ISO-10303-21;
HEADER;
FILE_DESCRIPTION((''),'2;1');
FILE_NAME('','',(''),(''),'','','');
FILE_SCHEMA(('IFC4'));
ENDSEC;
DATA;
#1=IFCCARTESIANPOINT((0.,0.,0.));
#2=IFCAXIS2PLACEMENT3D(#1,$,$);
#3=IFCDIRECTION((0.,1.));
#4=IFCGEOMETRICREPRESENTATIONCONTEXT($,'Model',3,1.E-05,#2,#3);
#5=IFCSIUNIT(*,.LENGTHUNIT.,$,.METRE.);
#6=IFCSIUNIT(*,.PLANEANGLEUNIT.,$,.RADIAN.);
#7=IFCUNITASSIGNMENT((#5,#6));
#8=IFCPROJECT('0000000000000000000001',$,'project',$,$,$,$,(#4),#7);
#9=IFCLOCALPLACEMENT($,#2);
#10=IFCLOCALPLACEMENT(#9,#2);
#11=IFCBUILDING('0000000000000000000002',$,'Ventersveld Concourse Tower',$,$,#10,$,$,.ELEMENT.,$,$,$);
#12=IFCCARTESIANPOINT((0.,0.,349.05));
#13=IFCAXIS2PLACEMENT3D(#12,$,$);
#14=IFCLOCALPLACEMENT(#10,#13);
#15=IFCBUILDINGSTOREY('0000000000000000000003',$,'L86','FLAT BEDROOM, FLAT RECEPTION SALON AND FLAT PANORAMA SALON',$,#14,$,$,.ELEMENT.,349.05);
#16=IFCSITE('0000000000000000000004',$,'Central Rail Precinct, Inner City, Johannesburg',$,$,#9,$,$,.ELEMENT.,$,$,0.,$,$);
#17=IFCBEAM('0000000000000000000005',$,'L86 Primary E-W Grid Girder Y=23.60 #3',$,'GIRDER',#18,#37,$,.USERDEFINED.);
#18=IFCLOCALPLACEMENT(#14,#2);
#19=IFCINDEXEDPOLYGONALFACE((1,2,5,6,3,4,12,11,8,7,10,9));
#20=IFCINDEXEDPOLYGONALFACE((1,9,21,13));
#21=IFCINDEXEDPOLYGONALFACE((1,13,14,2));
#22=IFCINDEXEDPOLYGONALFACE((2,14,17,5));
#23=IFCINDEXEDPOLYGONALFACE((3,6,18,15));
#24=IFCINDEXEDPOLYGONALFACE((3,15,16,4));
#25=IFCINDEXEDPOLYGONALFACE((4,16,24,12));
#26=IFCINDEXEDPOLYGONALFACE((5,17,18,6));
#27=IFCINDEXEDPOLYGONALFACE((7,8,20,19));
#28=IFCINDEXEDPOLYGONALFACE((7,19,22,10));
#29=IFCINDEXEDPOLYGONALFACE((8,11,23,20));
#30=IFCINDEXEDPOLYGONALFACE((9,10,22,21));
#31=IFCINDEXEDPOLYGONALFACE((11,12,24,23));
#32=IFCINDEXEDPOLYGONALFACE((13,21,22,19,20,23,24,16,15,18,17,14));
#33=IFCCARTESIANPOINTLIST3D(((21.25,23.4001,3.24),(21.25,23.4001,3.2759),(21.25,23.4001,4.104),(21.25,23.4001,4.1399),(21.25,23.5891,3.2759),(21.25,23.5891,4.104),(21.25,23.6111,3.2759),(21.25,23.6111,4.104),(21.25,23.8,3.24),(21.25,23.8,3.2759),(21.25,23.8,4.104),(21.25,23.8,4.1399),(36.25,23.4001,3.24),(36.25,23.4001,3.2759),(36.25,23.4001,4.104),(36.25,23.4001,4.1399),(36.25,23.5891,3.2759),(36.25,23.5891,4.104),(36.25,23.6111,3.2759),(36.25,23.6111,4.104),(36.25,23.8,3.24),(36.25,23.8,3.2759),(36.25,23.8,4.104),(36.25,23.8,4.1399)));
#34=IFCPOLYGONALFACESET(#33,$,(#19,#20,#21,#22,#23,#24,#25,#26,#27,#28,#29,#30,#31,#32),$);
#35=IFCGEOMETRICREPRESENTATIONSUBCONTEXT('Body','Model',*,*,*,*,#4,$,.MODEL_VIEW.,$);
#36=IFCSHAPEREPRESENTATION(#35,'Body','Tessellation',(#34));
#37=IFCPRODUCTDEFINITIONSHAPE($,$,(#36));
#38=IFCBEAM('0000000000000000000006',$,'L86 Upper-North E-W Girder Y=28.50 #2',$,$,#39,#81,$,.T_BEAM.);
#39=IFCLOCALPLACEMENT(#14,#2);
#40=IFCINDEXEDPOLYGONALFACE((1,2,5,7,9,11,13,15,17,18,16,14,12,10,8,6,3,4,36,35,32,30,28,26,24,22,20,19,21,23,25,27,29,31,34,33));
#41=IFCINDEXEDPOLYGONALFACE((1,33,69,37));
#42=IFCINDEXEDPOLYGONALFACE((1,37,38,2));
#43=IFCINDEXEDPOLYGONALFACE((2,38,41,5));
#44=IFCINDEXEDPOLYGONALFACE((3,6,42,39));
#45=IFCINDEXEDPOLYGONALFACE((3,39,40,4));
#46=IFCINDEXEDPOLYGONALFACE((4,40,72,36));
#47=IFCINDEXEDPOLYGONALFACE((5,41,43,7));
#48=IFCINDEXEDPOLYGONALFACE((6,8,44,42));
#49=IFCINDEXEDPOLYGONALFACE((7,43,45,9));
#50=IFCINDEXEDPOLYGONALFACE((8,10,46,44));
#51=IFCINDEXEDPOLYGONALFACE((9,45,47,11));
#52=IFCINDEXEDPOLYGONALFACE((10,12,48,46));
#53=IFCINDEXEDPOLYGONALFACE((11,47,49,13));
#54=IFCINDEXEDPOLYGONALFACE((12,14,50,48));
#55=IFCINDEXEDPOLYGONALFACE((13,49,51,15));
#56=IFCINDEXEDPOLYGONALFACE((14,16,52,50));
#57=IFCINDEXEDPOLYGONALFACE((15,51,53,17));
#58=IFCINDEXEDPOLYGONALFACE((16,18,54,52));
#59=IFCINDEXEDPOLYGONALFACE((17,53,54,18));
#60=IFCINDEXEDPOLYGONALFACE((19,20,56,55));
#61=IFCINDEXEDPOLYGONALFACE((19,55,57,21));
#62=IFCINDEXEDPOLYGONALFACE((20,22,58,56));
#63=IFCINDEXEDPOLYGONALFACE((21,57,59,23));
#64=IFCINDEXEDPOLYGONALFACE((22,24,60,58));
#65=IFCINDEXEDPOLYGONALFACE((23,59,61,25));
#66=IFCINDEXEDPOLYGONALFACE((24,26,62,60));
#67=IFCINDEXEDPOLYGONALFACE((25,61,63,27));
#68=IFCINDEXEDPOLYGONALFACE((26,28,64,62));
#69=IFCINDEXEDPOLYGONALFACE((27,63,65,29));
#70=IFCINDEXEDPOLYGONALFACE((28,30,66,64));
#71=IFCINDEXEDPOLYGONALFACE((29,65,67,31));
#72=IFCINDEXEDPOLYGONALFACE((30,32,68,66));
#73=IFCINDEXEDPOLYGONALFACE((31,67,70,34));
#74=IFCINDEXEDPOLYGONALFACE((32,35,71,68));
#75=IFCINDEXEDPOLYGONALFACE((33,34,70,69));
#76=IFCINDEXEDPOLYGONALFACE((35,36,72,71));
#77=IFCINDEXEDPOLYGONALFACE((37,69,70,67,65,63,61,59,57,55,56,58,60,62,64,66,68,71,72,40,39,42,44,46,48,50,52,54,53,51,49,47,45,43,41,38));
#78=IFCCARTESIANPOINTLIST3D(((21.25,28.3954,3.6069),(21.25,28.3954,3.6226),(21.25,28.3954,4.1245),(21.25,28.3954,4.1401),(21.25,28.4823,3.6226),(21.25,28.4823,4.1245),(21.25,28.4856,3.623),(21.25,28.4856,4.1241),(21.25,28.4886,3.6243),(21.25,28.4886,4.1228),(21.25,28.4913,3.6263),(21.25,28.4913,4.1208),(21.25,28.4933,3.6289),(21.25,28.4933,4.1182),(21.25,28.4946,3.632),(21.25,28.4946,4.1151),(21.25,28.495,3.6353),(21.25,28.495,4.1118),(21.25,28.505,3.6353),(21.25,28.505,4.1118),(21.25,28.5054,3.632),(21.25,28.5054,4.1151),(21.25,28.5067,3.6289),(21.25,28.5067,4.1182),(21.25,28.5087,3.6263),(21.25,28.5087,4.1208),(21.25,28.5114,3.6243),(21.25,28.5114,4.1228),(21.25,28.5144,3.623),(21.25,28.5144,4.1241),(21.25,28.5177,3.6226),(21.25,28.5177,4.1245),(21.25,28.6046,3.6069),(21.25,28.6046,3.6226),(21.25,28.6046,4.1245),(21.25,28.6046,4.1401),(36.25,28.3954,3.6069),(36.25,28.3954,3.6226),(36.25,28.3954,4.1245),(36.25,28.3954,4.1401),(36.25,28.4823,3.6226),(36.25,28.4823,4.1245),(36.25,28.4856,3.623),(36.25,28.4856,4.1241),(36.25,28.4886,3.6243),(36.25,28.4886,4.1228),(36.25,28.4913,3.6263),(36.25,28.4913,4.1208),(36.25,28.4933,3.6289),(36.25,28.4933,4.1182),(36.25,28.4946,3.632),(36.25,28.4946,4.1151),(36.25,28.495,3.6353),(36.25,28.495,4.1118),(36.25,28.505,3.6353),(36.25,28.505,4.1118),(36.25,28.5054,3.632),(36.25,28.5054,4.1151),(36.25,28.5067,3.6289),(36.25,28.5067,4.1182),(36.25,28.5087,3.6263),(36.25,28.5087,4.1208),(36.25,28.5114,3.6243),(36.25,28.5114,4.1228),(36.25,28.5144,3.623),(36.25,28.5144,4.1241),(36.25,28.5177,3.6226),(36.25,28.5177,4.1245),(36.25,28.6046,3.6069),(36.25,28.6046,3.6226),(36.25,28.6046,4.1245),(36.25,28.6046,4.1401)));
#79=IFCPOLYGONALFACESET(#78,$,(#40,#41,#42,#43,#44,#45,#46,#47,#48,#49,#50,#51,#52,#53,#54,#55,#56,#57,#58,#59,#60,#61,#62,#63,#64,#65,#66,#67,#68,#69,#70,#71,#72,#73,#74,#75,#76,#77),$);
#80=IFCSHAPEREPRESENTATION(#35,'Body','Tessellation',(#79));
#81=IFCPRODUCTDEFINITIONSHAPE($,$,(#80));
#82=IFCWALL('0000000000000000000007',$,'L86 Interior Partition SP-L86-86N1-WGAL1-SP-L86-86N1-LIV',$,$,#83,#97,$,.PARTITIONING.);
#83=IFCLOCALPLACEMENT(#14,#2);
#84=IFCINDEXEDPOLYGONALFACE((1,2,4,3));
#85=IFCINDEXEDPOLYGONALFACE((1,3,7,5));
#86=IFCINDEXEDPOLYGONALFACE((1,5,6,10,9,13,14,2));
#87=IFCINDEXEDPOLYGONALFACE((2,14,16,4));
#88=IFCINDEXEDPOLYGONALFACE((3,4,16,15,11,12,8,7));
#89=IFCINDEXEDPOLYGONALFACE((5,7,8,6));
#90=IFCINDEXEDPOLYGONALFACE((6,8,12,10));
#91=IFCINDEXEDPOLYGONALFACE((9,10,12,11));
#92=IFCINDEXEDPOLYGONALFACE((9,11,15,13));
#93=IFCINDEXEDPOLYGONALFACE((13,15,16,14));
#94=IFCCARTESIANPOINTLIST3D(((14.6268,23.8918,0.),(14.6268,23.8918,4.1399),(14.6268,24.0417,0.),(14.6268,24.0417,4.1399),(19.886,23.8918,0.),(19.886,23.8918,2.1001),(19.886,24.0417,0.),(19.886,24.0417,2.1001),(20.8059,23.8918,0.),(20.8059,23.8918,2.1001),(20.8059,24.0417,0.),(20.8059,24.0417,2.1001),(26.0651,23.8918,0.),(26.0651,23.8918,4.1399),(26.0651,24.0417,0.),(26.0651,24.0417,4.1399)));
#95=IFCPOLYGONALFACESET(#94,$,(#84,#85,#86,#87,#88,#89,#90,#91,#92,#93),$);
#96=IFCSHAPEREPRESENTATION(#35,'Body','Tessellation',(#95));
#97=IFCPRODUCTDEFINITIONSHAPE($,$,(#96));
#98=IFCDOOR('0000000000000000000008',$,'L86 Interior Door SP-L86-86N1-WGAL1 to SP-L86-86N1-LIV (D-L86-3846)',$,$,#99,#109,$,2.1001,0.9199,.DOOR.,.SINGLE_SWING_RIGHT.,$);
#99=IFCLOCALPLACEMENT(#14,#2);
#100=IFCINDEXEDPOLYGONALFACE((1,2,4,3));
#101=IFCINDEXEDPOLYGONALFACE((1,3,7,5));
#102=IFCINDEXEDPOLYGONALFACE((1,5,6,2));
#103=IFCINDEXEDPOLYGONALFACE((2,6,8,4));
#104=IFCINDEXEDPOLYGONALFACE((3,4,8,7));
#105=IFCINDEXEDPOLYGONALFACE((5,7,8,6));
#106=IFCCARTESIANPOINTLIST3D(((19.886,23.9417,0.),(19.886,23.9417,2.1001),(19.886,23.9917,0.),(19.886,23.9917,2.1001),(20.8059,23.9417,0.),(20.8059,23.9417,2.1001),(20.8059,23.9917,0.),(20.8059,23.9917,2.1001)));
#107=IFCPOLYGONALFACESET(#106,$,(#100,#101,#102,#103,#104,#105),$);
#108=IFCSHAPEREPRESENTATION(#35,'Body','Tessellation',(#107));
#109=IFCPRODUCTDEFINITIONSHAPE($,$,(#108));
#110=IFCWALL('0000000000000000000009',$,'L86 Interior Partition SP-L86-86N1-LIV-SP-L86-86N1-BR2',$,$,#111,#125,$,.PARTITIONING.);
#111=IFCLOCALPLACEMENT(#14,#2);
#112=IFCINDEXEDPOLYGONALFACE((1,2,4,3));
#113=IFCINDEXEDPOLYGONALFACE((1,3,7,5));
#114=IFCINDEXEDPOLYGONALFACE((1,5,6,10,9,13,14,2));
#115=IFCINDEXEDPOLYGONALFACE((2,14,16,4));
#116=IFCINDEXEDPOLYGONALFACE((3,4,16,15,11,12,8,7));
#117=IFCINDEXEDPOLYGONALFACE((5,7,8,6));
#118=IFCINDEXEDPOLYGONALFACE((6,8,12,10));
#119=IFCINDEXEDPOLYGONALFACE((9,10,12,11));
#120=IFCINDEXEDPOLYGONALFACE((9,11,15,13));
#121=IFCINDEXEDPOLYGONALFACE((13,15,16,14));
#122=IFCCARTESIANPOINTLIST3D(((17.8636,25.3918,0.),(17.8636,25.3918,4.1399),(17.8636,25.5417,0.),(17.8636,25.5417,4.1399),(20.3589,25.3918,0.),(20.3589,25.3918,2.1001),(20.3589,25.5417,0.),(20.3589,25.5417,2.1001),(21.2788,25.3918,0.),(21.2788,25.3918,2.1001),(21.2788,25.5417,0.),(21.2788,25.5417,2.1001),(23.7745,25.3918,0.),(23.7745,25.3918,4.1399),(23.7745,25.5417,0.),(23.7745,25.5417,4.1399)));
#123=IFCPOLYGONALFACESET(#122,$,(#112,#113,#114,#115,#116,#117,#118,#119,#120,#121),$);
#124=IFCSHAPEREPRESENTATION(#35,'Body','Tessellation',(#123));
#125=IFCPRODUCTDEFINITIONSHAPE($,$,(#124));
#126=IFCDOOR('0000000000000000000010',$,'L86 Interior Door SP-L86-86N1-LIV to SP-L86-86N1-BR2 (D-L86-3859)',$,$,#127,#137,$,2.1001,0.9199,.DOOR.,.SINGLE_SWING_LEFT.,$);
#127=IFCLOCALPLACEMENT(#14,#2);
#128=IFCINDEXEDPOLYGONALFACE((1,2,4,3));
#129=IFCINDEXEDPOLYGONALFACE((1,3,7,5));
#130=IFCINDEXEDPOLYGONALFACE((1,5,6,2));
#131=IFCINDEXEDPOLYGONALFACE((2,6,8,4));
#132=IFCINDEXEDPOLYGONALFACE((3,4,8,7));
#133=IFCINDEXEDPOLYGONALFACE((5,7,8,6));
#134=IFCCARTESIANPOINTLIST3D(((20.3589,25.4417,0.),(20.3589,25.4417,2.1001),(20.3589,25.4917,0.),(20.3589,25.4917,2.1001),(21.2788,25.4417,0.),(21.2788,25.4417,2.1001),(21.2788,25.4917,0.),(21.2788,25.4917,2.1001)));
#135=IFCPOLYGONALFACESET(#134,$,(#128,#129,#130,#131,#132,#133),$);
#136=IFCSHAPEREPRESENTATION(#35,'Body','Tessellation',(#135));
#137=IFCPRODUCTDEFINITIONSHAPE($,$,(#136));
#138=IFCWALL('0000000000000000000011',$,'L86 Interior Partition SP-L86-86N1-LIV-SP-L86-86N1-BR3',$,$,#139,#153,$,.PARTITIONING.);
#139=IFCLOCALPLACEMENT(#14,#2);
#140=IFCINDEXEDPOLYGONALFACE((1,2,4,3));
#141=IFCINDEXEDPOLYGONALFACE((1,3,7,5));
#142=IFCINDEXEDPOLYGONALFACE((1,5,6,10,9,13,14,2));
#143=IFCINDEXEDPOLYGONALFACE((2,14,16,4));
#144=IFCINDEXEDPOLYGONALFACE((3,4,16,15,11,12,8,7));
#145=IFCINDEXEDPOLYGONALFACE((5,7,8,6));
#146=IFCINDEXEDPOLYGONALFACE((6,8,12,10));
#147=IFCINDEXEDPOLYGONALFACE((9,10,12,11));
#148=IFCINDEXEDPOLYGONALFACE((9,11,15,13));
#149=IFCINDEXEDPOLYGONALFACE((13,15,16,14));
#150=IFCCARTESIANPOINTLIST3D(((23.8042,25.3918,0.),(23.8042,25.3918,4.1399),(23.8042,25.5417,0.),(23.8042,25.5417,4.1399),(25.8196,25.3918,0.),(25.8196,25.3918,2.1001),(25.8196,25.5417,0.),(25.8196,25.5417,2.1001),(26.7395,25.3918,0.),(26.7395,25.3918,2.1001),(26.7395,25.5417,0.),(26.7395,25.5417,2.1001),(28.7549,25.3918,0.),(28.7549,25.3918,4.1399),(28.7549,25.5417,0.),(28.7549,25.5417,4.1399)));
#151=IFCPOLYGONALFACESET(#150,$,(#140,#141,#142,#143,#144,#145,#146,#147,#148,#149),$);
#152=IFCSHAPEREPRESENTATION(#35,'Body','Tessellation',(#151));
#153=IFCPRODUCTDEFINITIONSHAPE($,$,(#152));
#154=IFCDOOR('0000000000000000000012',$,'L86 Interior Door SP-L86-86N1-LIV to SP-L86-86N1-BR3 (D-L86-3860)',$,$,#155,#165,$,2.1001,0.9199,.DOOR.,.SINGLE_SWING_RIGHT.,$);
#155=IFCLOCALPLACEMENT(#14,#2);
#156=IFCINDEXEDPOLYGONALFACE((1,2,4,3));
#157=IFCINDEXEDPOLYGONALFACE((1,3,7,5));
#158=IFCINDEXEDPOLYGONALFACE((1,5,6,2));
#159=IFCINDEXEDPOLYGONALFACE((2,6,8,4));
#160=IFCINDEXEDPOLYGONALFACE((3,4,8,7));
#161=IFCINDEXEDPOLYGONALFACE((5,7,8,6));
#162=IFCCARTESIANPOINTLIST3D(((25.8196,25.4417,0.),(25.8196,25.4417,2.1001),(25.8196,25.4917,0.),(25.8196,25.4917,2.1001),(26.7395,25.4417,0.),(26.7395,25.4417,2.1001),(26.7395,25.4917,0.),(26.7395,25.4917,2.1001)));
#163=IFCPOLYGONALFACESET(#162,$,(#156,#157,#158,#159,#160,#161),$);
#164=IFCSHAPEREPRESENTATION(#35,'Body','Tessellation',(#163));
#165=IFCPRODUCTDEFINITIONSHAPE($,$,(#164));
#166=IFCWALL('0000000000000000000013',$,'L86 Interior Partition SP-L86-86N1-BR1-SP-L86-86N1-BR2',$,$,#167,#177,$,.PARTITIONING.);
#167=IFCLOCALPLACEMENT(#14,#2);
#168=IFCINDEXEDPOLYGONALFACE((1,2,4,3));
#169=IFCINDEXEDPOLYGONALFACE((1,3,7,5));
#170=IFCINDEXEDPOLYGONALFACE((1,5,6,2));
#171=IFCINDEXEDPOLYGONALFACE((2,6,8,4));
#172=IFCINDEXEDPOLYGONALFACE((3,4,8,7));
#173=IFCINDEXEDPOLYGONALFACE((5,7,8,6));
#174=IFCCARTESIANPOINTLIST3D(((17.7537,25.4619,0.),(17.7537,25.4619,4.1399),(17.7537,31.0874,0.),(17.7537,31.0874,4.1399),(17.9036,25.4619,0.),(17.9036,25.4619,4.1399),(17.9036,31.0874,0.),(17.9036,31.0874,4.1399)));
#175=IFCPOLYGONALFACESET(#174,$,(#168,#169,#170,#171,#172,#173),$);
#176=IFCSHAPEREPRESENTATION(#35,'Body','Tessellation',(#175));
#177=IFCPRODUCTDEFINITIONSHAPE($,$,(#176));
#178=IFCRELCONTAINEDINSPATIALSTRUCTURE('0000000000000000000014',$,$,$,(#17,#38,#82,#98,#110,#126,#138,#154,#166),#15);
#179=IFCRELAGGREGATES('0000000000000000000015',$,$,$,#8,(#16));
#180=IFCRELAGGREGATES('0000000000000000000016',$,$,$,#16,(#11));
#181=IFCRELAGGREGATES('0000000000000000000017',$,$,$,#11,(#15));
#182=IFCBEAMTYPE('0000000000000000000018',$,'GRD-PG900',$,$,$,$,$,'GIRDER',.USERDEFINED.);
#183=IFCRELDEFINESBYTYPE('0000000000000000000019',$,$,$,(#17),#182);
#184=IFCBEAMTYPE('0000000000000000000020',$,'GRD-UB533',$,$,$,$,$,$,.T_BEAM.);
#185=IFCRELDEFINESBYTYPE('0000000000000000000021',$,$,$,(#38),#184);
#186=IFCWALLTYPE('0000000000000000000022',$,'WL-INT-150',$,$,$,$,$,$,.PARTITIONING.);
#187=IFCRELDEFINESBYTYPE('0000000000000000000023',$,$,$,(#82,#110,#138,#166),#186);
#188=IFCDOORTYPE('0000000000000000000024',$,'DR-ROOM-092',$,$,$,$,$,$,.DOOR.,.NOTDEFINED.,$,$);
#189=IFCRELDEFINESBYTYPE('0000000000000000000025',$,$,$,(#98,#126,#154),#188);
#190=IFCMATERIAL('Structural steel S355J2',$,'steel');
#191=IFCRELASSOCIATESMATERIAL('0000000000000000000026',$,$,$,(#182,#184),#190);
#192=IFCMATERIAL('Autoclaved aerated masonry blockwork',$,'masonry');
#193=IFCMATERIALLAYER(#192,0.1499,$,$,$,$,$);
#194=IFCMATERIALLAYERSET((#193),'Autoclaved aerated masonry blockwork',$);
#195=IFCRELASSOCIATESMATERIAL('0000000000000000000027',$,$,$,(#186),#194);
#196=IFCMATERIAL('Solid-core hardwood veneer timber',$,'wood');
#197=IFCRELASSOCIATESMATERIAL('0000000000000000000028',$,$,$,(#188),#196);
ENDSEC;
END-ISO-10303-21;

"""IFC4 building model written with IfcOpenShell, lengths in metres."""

from ifc_helpers import new_model, si_unit, direction, frame, frame_2d, origin, origin_2d, place, context, subcontext, project, spatial, rectangle, i_section, extrude, material, layer, layer_set, material_profile, profile_set, type_object, element, fill, save


model = new_model("IFC4")

# Units and contexts
model_context = context("Model", 3, precision=1e-05, world=origin(), true_north=direction((0.0, 1.0)))
body_context = subcontext(model_context, "Body", "Model", "MODEL_VIEW")
ifc_project = project(units=[si_unit("LENGTHUNIT", "METRE"), si_unit("PLANEANGLEUNIT", "RADIAN")], contexts=[model_context])

# Site, building, storey
site_placement = place(None, origin())
site = spatial("IfcSite", under=ifc_project, at=site_placement, Name="Central Rail Precinct, Inner City, Johannesburg", CompositionType="ELEMENT", RefElevation=0.0)
building_placement = place(site_placement, origin())
building = spatial("IfcBuilding", under=site, at=building_placement, Name="Ventersveld Concourse Tower", CompositionType="ELEMENT")
storey_placement = place(building_placement, frame((0.0, 0.0, 349.05)))
storey = spatial("IfcBuildingStorey", under=building, at=storey_placement, Name="L86", Description="FLAT BEDROOM, FLAT RECEPTION SALON AND FLAT PANORAMA SALON", CompositionType="ELEMENT", Elevation=349.05)

# Shared definitions
ifc_material_1 = material(Name="Structural steel S355J2", Category="steel")

# Beams
ifc_material_profile_1 = material_profile(ifc_material_1, i_section(OverallWidth=0.3999, OverallDepth=0.8999, WebThickness=0.022, FlangeThickness=0.0359, at=origin_2d()), Name="PG 900x400x36")
ifc_profile_set_1 = profile_set([ifc_material_profile_1], Name="Structural steel S355J2")
beam_type_1 = type_object("IfcBeamType", Name="GRD-PG900", ElementType="GIRDER", PredefinedType="USERDEFINED", material=ifc_profile_set_1)
beam_1_placement = place(storey_placement, frame((21.25, 23.6001, 3.6899), z_axis=(1.0, 0.0, 0.0), x_axis=(0.0, 1.0, 0.0)))
element("IfcBeam", 1, at=beam_1_placement, inside=storey, type_object=beam_type_1, Name="L86 Primary E-W Grid Girder Y=23.60 #3", ObjectType="GIRDER", PredefinedType="USERDEFINED", context=body_context, shape_type="SweptSolid", body=[
    extrude(i_section(OverallWidth=0.3999, OverallDepth=0.8999, WebThickness=0.022, FlangeThickness=0.0359, at=origin_2d()), origin(), (0.0, 0.0, 1.0), 15.0),
])
ifc_material_profile_2 = material_profile(ifc_material_1, i_section(OverallWidth=0.2092, OverallDepth=0.5332, WebThickness=0.01, FlangeThickness=0.0156, FilletRadius=0.0127, at=origin_2d()), Name="UB 533x210x92")
ifc_profile_set_2 = profile_set([ifc_material_profile_2], Name="Structural steel S355J2")
beam_type_2 = type_object("IfcBeamType", Name="GRD-UB533", PredefinedType="T_BEAM", material=ifc_profile_set_2)
beam_2_placement = place(storey_placement, frame((21.25, 28.5, 3.8735), z_axis=(1.0, 0.0, 0.0), x_axis=(0.0, 1.0, 0.0)))
element("IfcBeam", 2, at=beam_2_placement, inside=storey, type_object=beam_type_2, Name="L86 Upper-North E-W Girder Y=28.50 #2", PredefinedType="T_BEAM", context=body_context, shape_type="SweptSolid", body=[
    extrude(i_section(OverallWidth=0.2092, OverallDepth=0.5332, WebThickness=0.01, FlangeThickness=0.0156, FilletRadius=0.0127, at=origin_2d()), origin(), (0.0, 0.0, 1.0), 15.0),
])

# Walls, openings, doors
ifc_material_2 = material(Name="Autoclaved aerated masonry blockwork", Category="masonry")
ifc_layer = layer(ifc_material_2, 0.1499)
ifc_layer_set = layer_set([ifc_layer], Name="Autoclaved aerated masonry blockwork")
wall_type = type_object("IfcWallType", Name="WL-INT-150", PredefinedType="PARTITIONING", material=ifc_layer_set)
wall_1_placement = place(storey_placement, frame((14.6267, 23.9668, 0.0), z_axis=(0.0, 0.0, 1.0), x_axis=(1.0, 0.0, 0.0)))
wall_1 = element("IfcWall", 3, at=wall_1_placement, inside=storey, type_object=wall_type, Name="L86 Interior Partition SP-L86-86N1-WGAL1-SP-L86-86N1-LIV", PredefinedType="PARTITIONING", context=body_context, shape_type="SweptSolid", body=[
    extrude(rectangle(XDim=11.4382, YDim=0.1499, at=frame_2d((5.7192, 0.0))), origin(), (0.0, 0.0, 1.0), 4.1399),
])
opening_1_placement = place(wall_1_placement, frame((5.2593, 0.0, 0.0)))
opening_1 = element("IfcOpeningElement", 4, at=opening_1_placement, cuts=wall_1, PredefinedType="OPENING", context=body_context, shape_type="SweptSolid", body=[
    extrude(rectangle(XDim=0.9199, YDim=2.1001, at=frame_2d((0.46, 1.05))), frame((0.0, 0.085, 0.0), z_axis=(0.0, -1.0, 0.0), x_axis=(1.0, 0.0, 0.0)), (0.0, 0.0, 1.0), 0.1699),
])
ifc_material_3 = material(Name="Solid-core hardwood veneer timber", Category="wood")
door_type = type_object("IfcDoorType", Name="DR-ROOM-092", OperationType="NOTDEFINED", PredefinedType="DOOR", material=ifc_material_3)
door_1_placement = place(opening_1_placement, origin())
door_1 = element("IfcDoor", 5, at=door_1_placement, inside=storey, type_object=door_type, Name="L86 Interior Door SP-L86-86N1-WGAL1 to SP-L86-86N1-LIV (D-L86-3846)", OperationType="SINGLE_SWING_RIGHT", OverallHeight=2.1001, OverallWidth=0.9199, PredefinedType="DOOR", context=body_context, shape_type="SweptSolid", body=[
    extrude(rectangle(XDim=0.9199, YDim=2.1001, at=frame_2d((0.46, 1.05))), frame((0.0, 0.0249, 0.0), z_axis=(0.0, -1.0, 0.0), x_axis=(1.0, 0.0, 0.0)), (0.0, 0.0, 1.0), 0.05),
])
fill(opening_1, door_1)
wall_2_placement = place(storey_placement, frame((17.8635, 25.4668, 0.0), z_axis=(0.0, 0.0, 1.0), x_axis=(1.0, 0.0, 0.0)))
wall_2 = element("IfcWall", 6, at=wall_2_placement, inside=storey, type_object=wall_type, Name="L86 Interior Partition SP-L86-86N1-LIV-SP-L86-86N1-BR2", PredefinedType="PARTITIONING", context=body_context, shape_type="SweptSolid", body=[
    extrude(rectangle(XDim=5.9109, YDim=0.1499, at=frame_2d((2.9556, 0.0))), origin(), (0.0, 0.0, 1.0), 4.1399),
])
opening_2_placement = place(wall_2_placement, frame((2.4954, 0.0, 0.0)))
opening_2 = element("IfcOpeningElement", 7, at=opening_2_placement, cuts=wall_2, PredefinedType="OPENING", context=body_context, shape_type="SweptSolid", body=[
    extrude(rectangle(XDim=0.9199, YDim=2.1001, at=frame_2d((0.46, 1.05))), frame((0.0, 0.085, 0.0), z_axis=(0.0, -1.0, 0.0), x_axis=(1.0, 0.0, 0.0)), (0.0, 0.0, 1.0), 0.1699),
])
door_2_placement = place(opening_2_placement, origin())
door_2 = element("IfcDoor", 8, at=door_2_placement, inside=storey, type_object=door_type, Name="L86 Interior Door SP-L86-86N1-LIV to SP-L86-86N1-BR2 (D-L86-3859)", OperationType="SINGLE_SWING_LEFT", OverallHeight=2.1001, OverallWidth=0.9199, PredefinedType="DOOR", context=body_context, shape_type="SweptSolid", body=[
    extrude(rectangle(XDim=0.9199, YDim=2.1001, at=frame_2d((0.46, 1.05))), frame((0.0, 0.0249, 0.0), z_axis=(0.0, -1.0, 0.0), x_axis=(1.0, 0.0, 0.0)), (0.0, 0.0, 1.0), 0.05),
])
fill(opening_2, door_2)
wall_3_placement = place(storey_placement, frame((23.8042, 25.4668, 0.0), z_axis=(0.0, 0.0, 1.0), x_axis=(1.0, 0.0, 0.0)))
wall_3 = element("IfcWall", 9, at=wall_3_placement, inside=storey, type_object=wall_type, Name="L86 Interior Partition SP-L86-86N1-LIV-SP-L86-86N1-BR3", PredefinedType="PARTITIONING", context=body_context, shape_type="SweptSolid", body=[
    extrude(rectangle(XDim=4.9507, YDim=0.1499, at=frame_2d((2.4753, 0.0))), origin(), (0.0, 0.0, 1.0), 4.1399),
])
opening_3_placement = place(wall_3_placement, frame((2.0154, 0.0, 0.0)))
opening_3 = element("IfcOpeningElement", 10, at=opening_3_placement, cuts=wall_3, PredefinedType="OPENING", context=body_context, shape_type="SweptSolid", body=[
    extrude(rectangle(XDim=0.9199, YDim=2.1001, at=frame_2d((0.46, 1.05))), frame((0.0, 0.085, 0.0), z_axis=(0.0, -1.0, 0.0), x_axis=(1.0, 0.0, 0.0)), (0.0, 0.0, 1.0), 0.1699),
])
door_3_placement = place(opening_3_placement, origin())
door_3 = element("IfcDoor", 11, at=door_3_placement, inside=storey, type_object=door_type, Name="L86 Interior Door SP-L86-86N1-LIV to SP-L86-86N1-BR3 (D-L86-3860)", OperationType="SINGLE_SWING_RIGHT", OverallHeight=2.1001, OverallWidth=0.9199, PredefinedType="DOOR", context=body_context, shape_type="SweptSolid", body=[
    extrude(rectangle(XDim=0.9199, YDim=2.1001, at=frame_2d((0.46, 1.05))), frame((0.0, 0.0249, 0.0), z_axis=(0.0, -1.0, 0.0), x_axis=(1.0, 0.0, 0.0)), (0.0, 0.0, 1.0), 0.05),
])
fill(opening_3, door_3)

# Wall
for number, where, z_axis, x_axis, name in (
    (12, (17.8286, 25.4619, 0.0), (0.0, 0.0, 1.0), (0.0, 1.0, 0.0), "L86 Interior Partition SP-L86-86N1-BR1-SP-L86-86N1-BR2"),
):
    element("IfcWall", number, at=place(storey_placement, frame(where, z_axis=z_axis, x_axis=x_axis)), inside=storey, type_object=wall_type, Name=name, PredefinedType="PARTITIONING", context=body_context, shape_type="SweptSolid", body=[
        extrude(rectangle(XDim=5.6255, YDim=0.1499, at=frame_2d((2.8127, 0.0))), origin(), (0.0, 0.0, 1.0), 4.1399),
    ])

save(model, "model.ifc")
